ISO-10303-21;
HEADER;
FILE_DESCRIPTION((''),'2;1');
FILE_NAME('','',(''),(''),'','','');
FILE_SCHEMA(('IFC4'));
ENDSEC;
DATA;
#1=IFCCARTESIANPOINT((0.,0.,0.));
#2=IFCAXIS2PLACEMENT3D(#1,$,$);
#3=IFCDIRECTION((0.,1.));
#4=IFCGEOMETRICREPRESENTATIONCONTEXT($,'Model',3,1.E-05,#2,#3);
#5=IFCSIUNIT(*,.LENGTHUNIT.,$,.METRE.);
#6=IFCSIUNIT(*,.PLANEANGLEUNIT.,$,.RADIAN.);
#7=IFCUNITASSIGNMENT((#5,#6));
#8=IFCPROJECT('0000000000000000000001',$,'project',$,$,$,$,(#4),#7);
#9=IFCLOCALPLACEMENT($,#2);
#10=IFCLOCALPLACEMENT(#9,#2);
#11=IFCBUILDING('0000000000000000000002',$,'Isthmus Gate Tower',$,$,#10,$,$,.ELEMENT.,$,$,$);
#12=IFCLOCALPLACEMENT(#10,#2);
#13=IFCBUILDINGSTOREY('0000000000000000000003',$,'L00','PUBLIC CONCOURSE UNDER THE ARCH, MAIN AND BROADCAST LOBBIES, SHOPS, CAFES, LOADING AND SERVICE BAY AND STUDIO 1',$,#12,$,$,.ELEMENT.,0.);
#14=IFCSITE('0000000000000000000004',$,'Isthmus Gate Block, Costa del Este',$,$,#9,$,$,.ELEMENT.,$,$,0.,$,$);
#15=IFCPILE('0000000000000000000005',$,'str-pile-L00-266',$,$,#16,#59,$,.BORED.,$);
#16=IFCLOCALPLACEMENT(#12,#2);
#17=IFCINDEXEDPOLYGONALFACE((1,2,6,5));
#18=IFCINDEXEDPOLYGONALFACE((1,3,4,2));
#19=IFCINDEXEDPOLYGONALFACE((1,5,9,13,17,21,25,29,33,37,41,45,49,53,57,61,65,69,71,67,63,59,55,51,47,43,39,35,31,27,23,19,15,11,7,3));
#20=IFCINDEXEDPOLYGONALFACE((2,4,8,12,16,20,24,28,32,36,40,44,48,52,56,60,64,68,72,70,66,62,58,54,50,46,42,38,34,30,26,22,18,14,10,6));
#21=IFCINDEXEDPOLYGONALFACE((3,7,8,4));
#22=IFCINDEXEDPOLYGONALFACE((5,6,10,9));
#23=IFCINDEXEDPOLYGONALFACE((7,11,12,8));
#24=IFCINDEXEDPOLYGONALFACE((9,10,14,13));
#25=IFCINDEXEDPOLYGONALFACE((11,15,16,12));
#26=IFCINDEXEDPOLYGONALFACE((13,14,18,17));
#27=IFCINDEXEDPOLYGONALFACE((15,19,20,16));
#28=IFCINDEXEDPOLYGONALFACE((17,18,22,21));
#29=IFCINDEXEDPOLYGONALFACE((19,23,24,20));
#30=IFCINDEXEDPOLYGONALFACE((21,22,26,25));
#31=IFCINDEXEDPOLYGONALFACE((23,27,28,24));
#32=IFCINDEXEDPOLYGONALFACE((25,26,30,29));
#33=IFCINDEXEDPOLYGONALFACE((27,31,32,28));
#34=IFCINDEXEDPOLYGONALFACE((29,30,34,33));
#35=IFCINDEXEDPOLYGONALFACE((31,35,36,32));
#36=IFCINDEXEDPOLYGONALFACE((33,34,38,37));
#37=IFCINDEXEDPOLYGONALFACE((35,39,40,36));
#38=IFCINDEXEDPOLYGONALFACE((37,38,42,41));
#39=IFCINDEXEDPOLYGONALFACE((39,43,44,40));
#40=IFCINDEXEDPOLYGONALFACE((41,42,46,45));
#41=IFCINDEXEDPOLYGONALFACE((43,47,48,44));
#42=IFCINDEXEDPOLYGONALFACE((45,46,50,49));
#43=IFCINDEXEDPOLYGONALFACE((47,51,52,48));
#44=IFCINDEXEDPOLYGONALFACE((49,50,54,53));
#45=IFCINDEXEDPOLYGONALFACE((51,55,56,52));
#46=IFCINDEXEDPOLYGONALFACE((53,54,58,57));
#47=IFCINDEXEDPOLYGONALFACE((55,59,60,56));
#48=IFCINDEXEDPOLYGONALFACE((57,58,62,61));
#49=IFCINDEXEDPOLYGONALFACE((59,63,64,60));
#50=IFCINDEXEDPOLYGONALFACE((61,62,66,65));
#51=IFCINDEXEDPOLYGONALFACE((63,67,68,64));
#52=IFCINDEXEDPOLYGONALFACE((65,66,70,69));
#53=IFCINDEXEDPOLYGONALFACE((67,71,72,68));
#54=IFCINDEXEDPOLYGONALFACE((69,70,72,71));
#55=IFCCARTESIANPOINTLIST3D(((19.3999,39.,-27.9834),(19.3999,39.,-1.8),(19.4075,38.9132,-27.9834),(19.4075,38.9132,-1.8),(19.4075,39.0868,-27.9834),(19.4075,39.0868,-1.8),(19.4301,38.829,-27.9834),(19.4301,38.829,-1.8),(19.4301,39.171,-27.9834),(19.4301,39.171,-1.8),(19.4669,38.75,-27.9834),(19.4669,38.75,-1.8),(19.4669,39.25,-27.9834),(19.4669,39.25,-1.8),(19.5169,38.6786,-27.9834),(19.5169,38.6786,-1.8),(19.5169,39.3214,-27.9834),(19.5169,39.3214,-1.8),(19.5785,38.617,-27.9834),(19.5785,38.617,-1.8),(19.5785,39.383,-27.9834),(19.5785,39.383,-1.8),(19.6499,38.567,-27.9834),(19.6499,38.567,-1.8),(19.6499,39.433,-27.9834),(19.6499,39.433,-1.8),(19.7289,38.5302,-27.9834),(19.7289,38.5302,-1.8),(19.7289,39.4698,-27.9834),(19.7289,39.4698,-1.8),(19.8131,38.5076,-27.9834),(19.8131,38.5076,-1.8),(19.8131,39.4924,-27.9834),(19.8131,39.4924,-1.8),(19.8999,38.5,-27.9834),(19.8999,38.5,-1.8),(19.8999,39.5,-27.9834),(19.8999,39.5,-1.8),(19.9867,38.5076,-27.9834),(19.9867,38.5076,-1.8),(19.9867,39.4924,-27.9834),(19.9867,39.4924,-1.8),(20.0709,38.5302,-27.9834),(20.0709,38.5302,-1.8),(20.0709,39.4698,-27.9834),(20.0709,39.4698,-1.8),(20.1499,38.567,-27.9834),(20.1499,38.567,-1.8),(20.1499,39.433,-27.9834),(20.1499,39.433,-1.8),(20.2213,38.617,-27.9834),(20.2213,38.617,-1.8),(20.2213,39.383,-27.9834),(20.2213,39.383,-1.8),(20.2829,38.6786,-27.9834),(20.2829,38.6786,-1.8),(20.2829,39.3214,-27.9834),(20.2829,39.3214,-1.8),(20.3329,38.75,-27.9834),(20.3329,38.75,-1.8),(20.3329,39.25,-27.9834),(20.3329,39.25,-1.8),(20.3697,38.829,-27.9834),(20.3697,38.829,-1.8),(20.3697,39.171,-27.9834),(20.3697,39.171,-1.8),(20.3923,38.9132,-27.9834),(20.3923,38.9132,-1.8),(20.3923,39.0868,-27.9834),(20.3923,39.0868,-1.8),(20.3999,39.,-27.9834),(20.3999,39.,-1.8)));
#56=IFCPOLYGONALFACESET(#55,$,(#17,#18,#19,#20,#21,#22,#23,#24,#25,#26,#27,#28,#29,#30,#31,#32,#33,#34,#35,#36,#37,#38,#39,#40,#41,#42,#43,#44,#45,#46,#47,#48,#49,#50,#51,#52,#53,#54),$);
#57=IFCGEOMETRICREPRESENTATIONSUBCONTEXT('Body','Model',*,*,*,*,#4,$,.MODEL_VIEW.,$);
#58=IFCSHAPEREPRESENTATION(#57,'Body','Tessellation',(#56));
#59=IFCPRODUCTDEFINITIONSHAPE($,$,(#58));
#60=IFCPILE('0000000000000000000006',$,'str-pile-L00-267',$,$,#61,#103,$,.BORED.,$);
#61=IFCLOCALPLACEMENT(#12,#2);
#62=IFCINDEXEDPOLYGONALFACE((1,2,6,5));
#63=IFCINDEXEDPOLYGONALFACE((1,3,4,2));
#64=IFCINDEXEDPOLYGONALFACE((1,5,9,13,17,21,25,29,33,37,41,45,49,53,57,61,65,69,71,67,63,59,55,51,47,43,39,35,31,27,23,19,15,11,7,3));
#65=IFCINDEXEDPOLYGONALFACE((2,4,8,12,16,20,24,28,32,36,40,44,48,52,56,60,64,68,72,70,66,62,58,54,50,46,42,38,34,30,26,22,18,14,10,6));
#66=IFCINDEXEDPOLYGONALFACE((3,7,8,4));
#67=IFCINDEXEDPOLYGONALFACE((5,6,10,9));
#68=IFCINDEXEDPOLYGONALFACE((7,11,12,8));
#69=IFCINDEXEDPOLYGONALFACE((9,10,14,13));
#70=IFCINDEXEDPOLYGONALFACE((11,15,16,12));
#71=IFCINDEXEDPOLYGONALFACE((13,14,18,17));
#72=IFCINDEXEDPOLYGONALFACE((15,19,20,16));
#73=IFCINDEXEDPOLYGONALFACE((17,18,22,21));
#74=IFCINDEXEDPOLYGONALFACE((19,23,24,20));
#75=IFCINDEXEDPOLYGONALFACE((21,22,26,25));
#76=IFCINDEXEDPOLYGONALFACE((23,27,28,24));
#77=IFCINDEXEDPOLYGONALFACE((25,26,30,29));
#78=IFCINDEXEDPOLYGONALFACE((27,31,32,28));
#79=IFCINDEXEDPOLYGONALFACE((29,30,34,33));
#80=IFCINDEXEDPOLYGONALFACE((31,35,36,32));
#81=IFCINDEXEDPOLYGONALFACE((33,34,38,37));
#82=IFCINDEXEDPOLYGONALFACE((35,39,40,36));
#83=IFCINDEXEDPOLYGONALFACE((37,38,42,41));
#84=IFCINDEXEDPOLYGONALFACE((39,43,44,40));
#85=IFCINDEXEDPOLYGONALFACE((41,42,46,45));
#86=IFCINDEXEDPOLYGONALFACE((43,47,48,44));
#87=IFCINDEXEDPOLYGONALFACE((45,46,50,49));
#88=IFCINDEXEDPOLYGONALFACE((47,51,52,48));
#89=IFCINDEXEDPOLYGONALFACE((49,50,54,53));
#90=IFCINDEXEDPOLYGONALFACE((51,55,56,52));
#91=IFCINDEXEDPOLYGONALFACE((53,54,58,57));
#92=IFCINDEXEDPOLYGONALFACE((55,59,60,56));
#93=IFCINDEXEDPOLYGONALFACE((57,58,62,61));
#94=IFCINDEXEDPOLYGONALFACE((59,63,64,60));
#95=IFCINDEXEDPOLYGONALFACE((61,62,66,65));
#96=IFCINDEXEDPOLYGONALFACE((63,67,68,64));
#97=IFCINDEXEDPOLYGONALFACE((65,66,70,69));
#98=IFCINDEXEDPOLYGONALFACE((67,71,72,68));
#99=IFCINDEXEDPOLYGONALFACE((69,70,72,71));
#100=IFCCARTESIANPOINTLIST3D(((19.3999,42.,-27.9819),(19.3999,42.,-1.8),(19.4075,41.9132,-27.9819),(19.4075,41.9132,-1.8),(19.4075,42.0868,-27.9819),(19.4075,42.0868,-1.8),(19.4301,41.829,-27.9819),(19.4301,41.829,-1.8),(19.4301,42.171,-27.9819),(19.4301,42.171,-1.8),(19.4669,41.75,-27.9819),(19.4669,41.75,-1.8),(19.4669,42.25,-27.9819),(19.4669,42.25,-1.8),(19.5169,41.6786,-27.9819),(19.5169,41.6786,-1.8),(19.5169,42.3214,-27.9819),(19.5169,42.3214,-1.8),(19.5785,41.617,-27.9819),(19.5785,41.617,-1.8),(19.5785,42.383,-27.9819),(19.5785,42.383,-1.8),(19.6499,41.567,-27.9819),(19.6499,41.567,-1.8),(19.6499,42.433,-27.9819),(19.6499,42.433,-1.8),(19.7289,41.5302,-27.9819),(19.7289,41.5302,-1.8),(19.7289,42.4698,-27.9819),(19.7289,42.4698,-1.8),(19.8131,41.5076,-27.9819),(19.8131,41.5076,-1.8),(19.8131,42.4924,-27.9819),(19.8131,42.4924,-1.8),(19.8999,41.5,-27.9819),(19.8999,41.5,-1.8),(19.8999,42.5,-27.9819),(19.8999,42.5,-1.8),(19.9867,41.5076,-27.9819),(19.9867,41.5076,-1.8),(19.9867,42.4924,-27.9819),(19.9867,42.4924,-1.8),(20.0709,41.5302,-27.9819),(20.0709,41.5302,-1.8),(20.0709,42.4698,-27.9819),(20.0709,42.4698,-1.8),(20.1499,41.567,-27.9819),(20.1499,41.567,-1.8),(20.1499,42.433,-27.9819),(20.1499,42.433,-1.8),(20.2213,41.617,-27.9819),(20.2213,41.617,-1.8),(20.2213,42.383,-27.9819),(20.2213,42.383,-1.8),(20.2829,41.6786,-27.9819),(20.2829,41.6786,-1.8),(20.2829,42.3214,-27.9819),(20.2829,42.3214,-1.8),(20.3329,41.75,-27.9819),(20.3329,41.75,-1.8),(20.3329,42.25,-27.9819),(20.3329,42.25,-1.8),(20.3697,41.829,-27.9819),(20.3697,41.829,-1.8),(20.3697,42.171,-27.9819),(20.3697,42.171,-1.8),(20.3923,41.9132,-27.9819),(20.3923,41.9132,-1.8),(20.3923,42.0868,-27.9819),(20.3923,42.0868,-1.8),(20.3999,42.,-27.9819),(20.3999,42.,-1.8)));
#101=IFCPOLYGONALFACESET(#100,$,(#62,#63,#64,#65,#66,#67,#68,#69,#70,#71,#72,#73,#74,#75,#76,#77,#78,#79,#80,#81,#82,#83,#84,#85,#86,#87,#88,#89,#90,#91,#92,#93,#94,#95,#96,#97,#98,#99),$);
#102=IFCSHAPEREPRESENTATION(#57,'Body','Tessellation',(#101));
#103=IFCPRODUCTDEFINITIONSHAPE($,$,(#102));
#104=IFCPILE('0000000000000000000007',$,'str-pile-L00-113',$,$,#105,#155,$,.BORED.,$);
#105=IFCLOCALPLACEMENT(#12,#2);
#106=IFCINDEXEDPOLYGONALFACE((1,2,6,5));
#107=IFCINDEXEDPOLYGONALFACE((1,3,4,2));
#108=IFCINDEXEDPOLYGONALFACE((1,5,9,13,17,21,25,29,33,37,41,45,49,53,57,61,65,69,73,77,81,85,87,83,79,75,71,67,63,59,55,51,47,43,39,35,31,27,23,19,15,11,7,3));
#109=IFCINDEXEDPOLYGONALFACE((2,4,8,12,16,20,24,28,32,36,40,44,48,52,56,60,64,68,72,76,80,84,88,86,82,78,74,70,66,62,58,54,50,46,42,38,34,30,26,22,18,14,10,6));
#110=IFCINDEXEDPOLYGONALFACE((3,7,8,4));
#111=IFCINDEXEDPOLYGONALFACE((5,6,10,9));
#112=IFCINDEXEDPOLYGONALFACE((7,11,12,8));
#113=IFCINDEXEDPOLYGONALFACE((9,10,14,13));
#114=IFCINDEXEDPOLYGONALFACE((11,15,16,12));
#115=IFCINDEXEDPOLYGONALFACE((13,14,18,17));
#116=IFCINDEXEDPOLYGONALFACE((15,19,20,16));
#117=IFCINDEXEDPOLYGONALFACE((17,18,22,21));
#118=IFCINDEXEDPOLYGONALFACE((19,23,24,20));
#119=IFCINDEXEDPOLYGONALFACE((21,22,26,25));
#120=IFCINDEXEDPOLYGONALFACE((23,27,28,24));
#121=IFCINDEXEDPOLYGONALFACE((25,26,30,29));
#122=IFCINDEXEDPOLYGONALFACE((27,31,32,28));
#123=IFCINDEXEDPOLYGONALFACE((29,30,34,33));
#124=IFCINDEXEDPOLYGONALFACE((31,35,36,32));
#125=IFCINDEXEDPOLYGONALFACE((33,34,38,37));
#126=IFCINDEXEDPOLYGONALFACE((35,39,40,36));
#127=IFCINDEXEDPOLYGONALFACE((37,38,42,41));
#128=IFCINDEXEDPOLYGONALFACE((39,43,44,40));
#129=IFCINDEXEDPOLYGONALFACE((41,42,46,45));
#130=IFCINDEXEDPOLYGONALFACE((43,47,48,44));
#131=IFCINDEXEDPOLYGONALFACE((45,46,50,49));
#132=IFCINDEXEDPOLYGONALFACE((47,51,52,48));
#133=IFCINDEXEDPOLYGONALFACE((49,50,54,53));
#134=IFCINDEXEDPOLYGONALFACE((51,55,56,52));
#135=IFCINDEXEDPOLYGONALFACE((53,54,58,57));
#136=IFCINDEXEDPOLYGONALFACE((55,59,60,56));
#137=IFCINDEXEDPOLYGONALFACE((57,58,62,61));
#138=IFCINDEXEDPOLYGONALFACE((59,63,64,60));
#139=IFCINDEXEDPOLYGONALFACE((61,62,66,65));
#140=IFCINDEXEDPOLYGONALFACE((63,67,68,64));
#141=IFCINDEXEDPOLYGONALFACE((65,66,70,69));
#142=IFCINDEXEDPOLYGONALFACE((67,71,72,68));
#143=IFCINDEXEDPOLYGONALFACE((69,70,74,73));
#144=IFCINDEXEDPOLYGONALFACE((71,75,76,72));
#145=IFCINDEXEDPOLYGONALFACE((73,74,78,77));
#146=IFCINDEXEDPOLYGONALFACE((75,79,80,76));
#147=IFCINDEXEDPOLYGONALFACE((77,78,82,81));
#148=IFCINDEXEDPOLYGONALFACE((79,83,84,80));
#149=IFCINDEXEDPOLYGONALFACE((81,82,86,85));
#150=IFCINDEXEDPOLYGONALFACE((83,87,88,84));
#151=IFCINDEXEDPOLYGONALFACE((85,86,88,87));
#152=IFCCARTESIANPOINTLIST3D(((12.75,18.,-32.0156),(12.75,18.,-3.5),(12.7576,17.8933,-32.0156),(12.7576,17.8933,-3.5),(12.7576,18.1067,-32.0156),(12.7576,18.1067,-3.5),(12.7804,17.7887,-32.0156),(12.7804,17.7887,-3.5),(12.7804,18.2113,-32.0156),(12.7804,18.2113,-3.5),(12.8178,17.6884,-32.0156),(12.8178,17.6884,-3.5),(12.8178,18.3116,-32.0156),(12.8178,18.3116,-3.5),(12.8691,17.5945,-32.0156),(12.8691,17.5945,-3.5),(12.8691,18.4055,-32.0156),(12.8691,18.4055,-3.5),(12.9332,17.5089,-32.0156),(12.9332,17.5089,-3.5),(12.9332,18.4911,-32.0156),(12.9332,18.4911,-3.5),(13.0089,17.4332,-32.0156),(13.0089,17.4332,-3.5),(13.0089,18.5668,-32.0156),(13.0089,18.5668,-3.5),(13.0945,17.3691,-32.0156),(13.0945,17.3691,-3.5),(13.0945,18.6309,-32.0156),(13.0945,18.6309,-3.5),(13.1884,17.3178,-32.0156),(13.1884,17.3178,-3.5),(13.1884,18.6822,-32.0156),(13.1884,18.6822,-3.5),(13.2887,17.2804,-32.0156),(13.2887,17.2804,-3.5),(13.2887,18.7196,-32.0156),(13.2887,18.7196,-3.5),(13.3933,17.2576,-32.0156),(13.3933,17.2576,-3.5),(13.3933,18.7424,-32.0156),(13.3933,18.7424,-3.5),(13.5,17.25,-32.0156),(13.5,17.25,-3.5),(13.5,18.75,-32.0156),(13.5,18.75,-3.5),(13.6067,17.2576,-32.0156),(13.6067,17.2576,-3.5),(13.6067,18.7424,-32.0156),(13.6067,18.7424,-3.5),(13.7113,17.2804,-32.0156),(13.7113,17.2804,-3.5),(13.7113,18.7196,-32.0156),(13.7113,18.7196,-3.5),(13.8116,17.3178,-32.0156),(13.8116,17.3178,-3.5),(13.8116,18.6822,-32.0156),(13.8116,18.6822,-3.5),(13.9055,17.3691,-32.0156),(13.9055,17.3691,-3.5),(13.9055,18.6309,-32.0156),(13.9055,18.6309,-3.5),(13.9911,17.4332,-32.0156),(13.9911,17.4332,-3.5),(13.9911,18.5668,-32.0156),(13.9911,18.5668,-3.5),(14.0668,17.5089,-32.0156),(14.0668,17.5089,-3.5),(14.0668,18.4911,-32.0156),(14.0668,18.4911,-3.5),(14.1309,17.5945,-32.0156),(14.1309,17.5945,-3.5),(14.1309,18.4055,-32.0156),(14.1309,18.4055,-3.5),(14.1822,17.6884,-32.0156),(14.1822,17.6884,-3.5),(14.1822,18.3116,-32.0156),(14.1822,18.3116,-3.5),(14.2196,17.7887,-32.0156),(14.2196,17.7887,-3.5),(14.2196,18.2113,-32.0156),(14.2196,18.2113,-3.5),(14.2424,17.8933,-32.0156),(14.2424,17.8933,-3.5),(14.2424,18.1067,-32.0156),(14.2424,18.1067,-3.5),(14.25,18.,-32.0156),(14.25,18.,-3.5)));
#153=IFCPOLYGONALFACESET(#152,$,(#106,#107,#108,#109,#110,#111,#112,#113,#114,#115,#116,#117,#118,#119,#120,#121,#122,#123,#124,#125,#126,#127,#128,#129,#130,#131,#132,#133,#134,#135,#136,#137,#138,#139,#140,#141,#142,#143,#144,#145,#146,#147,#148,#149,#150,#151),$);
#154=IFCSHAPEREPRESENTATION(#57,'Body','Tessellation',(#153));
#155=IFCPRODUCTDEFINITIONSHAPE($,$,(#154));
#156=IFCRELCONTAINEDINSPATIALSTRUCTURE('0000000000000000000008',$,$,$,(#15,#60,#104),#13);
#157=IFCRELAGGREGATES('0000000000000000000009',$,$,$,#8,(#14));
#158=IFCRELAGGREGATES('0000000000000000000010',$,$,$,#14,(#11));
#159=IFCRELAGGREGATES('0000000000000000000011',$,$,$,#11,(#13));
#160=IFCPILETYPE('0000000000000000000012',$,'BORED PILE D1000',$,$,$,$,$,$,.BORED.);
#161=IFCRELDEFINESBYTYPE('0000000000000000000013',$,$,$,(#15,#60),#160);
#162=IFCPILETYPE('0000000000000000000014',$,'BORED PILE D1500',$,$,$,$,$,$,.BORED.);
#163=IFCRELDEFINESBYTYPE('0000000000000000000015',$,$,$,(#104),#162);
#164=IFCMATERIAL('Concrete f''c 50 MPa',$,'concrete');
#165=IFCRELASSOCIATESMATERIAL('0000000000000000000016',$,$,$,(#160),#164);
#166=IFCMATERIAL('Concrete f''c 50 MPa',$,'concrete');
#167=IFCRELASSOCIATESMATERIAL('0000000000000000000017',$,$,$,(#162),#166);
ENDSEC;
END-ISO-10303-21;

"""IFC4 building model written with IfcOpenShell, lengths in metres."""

from ifc_helpers import new_model, si_unit, direction, frame, origin, origin_2d, place, context, subcontext, project, spatial, circle, extrude, material, material_profile, profile_set, type_object, element, save


model = new_model("IFC4")

# Units and contexts
model_context = context("Model", 3, precision=1e-05, world=origin(), true_north=direction((0.0, 1.0)))
body_context = subcontext(model_context, "Body", "Model", "MODEL_VIEW")
ifc_project = project(units=[si_unit("LENGTHUNIT", "METRE"), si_unit("PLANEANGLEUNIT", "RADIAN")], contexts=[model_context])

# Site, building, storey
site_placement = place(None, origin())
site = spatial("IfcSite", under=ifc_project, at=site_placement, Name="Isthmus Gate Block, Costa del Este", CompositionType="ELEMENT", RefElevation=0.0)
building_placement = place(site_placement, origin())
building = spatial("IfcBuilding", under=site, at=building_placement, Name="Isthmus Gate Tower", CompositionType="ELEMENT")
storey_placement = place(building_placement, origin())
storey = spatial("IfcBuildingStorey", under=building, at=storey_placement, Name="L00", Description="PUBLIC CONCOURSE UNDER THE ARCH, MAIN AND BROADCAST LOBBIES, SHOPS, CAFES, LOADING AND SERVICE BAY AND STUDIO 1", CompositionType="ELEMENT", Elevation=0.0)

# Piles
ifc_material_1 = material(Name="Concrete f'c 50 MPa", Category="concrete")
ifc_material_profile_1 = material_profile(ifc_material_1, circle(Radius=0.5, at=origin_2d()), Name="D1000")
ifc_profile_set_1 = profile_set([ifc_material_profile_1], Name="Concrete f'c 50 MPa")
pile_type_1 = type_object("IfcPileType", Name="BORED PILE D1000", PredefinedType="BORED", material=ifc_profile_set_1)
pile_1_placement = place(storey_placement, frame((19.8999, 39.0, -1.8), z_axis=(0.0, 0.0, -1.0), x_axis=(1.0, 0.0, 0.0)))
element("IfcPile", 1, at=pile_1_placement, inside=storey, type_object=pile_type_1, Name="str-pile-L00-266", PredefinedType="BORED", context=body_context, shape_type="SweptSolid", body=[
    extrude(circle(Radius=0.5, at=origin_2d()), origin(), (0.0, 0.0, 1.0), 26.1833),
])
pile_2_placement = place(storey_placement, frame((19.8999, 42.0, -1.8), z_axis=(0.0, 0.0, -1.0), x_axis=(1.0, 0.0, 0.0)))
element("IfcPile", 2, at=pile_2_placement, inside=storey, type_object=pile_type_1, Name="str-pile-L00-267", PredefinedType="BORED", context=body_context, shape_type="SweptSolid", body=[
    extrude(circle(Radius=0.5, at=origin_2d()), origin(), (0.0, 0.0, 1.0), 26.1819),
])
ifc_material_2 = material(Name="Concrete f'c 50 MPa", Category="concrete")
ifc_material_profile_2 = material_profile(ifc_material_2, circle(Radius=0.75, at=origin_2d()), Name="D1500")
ifc_profile_set_2 = profile_set([ifc_material_profile_2], Name="Concrete f'c 50 MPa")
pile_type_2 = type_object("IfcPileType", Name="BORED PILE D1500", PredefinedType="BORED", material=ifc_profile_set_2)
pile_3_placement = place(storey_placement, frame((13.5, 18.0, -3.5), z_axis=(0.0, 0.0, -1.0), x_axis=(1.0, 0.0, 0.0)))
element("IfcPile", 3, at=pile_3_placement, inside=storey, type_object=pile_type_2, Name="str-pile-L00-113", PredefinedType="BORED", context=body_context, shape_type="SweptSolid", body=[
    extrude(circle(Radius=0.75, at=origin_2d()), origin(), (0.0, 0.0, 1.0), 28.5156),
])

save(model, "model.ifc")
